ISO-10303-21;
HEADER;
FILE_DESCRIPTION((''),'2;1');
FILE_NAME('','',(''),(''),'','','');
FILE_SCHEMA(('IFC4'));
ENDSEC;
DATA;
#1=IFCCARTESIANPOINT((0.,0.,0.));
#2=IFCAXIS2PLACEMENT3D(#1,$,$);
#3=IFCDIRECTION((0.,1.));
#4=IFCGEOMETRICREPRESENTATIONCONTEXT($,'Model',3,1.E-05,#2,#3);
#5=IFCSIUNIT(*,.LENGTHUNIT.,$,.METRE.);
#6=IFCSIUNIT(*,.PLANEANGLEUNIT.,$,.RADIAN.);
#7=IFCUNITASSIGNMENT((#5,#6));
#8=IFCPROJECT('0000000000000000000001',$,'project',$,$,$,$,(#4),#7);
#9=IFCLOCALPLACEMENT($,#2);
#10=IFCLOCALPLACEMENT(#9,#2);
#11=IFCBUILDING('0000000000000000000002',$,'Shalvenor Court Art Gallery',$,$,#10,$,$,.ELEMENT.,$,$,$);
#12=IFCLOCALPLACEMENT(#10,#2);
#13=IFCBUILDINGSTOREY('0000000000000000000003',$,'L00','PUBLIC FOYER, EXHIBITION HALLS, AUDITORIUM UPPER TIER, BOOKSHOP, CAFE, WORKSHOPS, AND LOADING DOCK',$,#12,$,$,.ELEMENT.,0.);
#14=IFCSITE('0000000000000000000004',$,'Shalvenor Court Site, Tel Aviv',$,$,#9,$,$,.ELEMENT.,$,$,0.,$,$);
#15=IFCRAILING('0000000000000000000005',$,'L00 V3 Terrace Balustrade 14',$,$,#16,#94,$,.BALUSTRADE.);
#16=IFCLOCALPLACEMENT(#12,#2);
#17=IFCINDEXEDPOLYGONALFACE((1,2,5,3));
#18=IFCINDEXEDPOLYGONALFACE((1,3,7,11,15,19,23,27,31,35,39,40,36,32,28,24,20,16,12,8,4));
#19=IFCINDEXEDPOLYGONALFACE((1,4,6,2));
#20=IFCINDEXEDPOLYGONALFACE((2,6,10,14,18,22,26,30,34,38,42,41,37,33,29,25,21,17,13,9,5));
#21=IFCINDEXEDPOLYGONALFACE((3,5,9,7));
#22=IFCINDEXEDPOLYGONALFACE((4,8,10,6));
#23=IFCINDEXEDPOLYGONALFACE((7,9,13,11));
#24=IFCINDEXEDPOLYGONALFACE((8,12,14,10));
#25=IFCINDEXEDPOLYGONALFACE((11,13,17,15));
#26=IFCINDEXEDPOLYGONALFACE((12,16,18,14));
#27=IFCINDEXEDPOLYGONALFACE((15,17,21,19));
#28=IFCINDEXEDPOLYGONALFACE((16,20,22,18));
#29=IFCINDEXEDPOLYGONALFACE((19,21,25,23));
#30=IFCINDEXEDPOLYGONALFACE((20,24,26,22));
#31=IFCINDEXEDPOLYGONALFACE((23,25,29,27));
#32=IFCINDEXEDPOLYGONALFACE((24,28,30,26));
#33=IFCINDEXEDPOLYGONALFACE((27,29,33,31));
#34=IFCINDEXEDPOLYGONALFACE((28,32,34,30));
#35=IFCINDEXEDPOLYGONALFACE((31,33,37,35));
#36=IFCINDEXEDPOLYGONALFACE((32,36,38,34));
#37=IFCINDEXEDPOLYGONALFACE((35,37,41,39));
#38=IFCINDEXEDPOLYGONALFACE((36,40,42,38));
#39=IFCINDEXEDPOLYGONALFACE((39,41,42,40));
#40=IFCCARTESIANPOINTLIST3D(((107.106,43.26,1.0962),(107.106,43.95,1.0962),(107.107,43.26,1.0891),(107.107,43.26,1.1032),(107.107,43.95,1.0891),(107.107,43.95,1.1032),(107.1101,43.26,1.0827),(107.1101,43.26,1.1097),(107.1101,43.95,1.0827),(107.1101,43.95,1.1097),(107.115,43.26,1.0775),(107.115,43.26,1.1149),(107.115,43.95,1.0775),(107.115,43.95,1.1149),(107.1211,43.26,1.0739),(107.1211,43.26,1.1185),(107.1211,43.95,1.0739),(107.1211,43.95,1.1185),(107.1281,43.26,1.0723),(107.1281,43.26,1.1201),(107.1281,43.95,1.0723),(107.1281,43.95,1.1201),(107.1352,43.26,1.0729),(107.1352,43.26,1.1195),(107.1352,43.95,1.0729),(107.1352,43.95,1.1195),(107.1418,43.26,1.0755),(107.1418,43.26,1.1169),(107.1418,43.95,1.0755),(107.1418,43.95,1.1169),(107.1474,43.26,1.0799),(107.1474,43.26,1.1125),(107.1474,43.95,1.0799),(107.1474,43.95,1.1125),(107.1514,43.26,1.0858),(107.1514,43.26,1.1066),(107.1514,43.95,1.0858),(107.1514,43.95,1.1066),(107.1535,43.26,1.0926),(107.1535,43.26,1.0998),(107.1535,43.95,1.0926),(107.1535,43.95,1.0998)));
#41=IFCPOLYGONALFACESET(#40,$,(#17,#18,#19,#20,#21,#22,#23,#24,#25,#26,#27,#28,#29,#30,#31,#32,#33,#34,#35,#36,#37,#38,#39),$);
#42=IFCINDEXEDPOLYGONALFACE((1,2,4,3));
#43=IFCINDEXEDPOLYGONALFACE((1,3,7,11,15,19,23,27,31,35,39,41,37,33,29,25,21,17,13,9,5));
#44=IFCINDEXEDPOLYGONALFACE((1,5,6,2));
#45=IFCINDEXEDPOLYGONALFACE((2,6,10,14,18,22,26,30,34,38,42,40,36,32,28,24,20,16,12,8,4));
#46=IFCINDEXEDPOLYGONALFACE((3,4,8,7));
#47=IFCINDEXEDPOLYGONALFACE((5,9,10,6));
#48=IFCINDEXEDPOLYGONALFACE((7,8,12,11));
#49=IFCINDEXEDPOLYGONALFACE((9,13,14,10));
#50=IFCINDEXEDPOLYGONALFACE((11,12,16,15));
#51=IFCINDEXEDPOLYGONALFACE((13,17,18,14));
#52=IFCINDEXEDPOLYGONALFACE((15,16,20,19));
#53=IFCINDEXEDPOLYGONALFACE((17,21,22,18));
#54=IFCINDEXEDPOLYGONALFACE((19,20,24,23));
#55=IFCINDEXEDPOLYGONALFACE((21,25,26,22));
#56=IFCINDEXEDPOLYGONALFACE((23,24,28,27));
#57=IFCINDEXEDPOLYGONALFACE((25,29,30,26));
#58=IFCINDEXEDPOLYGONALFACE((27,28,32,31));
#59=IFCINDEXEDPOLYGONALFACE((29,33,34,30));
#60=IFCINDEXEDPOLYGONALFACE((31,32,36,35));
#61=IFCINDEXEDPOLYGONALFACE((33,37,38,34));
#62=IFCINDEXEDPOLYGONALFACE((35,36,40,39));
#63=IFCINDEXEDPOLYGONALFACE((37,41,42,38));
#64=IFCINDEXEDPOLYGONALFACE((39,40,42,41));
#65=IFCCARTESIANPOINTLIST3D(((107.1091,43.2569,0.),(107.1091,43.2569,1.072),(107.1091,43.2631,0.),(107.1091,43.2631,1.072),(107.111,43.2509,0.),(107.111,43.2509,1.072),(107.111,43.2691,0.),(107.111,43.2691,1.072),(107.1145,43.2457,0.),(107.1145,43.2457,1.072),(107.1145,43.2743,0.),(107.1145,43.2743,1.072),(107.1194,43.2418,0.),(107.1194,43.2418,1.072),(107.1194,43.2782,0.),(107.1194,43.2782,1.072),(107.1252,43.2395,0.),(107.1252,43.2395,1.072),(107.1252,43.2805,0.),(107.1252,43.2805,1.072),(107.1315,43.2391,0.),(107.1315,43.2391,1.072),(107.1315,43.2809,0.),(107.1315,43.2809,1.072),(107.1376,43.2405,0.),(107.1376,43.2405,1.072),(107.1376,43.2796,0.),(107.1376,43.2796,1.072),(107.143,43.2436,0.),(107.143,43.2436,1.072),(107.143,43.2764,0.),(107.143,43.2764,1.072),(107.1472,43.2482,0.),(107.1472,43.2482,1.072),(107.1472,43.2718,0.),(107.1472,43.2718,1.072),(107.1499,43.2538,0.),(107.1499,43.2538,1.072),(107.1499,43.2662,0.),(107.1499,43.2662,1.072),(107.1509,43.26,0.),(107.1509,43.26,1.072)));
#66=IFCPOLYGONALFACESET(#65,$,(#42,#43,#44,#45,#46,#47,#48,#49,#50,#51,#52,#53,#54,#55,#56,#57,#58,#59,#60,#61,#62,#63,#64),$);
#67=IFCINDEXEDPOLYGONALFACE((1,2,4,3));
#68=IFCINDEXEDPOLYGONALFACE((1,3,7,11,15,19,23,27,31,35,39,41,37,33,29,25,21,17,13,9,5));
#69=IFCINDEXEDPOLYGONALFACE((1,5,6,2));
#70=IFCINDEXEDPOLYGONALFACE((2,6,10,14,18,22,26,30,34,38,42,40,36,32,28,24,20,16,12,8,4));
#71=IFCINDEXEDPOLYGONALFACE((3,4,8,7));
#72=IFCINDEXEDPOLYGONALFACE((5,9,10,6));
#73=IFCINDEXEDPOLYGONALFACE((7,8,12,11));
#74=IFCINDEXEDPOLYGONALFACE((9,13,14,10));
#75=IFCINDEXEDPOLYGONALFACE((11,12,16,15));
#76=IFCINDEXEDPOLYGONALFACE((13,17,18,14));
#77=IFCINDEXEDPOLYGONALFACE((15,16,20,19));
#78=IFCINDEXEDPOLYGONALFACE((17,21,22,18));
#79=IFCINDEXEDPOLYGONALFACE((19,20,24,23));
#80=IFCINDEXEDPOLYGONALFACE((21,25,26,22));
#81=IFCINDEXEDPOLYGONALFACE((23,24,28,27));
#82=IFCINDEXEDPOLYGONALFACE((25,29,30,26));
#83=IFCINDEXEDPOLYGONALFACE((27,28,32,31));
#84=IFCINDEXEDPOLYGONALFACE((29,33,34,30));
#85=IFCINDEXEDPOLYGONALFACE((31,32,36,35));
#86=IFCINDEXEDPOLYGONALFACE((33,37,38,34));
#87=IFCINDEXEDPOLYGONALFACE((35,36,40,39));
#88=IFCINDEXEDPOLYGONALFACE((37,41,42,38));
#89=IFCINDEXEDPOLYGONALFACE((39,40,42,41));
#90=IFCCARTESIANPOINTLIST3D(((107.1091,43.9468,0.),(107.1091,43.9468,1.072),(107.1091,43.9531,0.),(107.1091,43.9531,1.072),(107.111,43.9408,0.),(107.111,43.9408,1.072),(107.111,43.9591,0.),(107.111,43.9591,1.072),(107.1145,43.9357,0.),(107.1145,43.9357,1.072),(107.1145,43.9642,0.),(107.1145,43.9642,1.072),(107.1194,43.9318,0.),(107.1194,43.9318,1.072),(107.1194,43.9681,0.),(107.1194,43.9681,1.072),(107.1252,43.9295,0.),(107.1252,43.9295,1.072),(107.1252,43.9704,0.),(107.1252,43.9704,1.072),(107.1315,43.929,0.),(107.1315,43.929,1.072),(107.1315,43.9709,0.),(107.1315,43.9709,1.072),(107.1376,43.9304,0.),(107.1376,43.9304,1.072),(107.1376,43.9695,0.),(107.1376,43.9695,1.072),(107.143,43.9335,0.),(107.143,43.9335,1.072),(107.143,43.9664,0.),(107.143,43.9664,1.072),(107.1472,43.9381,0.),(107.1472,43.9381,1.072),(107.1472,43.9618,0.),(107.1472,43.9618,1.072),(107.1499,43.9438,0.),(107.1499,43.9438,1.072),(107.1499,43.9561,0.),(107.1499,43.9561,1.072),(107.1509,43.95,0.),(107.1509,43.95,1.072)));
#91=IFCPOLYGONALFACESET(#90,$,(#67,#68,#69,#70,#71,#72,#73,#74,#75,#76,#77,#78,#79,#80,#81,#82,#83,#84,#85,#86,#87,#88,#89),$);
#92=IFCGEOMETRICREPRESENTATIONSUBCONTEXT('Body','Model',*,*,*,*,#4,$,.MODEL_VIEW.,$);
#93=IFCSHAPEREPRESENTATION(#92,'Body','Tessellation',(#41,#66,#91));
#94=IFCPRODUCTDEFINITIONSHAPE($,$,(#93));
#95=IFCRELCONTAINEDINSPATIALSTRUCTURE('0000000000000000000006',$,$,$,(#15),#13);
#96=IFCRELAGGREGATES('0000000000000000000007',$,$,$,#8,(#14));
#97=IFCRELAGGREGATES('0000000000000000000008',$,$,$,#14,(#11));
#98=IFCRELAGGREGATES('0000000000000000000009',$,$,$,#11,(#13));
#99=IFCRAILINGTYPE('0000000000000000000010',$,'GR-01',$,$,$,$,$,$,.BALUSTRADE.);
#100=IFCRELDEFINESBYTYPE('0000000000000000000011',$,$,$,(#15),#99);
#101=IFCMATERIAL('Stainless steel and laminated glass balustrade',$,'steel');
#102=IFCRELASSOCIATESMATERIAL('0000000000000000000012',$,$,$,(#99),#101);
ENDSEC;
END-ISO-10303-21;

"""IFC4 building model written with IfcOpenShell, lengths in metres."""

from ifc_helpers import new_model, si_unit, direction, frame, origin, origin_2d, place, context, subcontext, project, spatial, circle, extrude, material, type_object, element, save


model = new_model("IFC4")

# Units and contexts
model_context = context("Model", 3, precision=1e-05, world=origin(), true_north=direction((0.0, 1.0)))
body_context = subcontext(model_context, "Body", "Model", "MODEL_VIEW")
ifc_project = project(units=[si_unit("LENGTHUNIT", "METRE"), si_unit("PLANEANGLEUNIT", "RADIAN")], contexts=[model_context])

# Site, building, storey
site_placement = place(None, origin())
site = spatial("IfcSite", under=ifc_project, at=site_placement, Name="Shalvenor Court Site, Tel Aviv", CompositionType="ELEMENT", RefElevation=0.0)
building_placement = place(site_placement, origin())
building = spatial("IfcBuilding", under=site, at=building_placement, Name="Shalvenor Court Art Gallery", CompositionType="ELEMENT")
storey_placement = place(building_placement, origin())
storey = spatial("IfcBuildingStorey", under=building, at=storey_placement, Name="L00", Description="PUBLIC FOYER, EXHIBITION HALLS, AUDITORIUM UPPER TIER, BOOKSHOP, CAFE, WORKSHOPS, AND LOADING DOCK", CompositionType="ELEMENT", Elevation=0.0)

# Railing
ifc_material_1 = material(Name="Stainless steel and laminated glass balustrade", Category="steel")
railing_type = type_object("IfcRailingType", Name="GR-01", PredefinedType="BALUSTRADE", material=ifc_material_1)
railing_1_placement = place(storey_placement, frame((107.1299, 43.26, 0.0)))
element("IfcRailing", 1, at=railing_1_placement, inside=storey, type_object=railing_type, Name="L00 V3 Terrace Balustrade 14", PredefinedType="BALUSTRADE", context=body_context, shape_type="SweptSolid", body=[
    extrude(circle(Radius=0.0239, at=origin_2d()), frame((0.0, 0.0, 1.0962), z_axis=(0.0, 1.0, 0.0), x_axis=(-1.0, 0.0, 0.0)), (0.0, 0.0, 1.0), 0.6899),
    extrude(circle(Radius=0.021, at=origin_2d()), origin(), (0.0, 0.0, 1.0), 1.072),
    extrude(circle(Radius=0.021, at=origin_2d()), frame((0.0, 0.6899, 0.0)), (0.0, 0.0, 1.0), 1.072),
])

save(model, "model.ifc")
